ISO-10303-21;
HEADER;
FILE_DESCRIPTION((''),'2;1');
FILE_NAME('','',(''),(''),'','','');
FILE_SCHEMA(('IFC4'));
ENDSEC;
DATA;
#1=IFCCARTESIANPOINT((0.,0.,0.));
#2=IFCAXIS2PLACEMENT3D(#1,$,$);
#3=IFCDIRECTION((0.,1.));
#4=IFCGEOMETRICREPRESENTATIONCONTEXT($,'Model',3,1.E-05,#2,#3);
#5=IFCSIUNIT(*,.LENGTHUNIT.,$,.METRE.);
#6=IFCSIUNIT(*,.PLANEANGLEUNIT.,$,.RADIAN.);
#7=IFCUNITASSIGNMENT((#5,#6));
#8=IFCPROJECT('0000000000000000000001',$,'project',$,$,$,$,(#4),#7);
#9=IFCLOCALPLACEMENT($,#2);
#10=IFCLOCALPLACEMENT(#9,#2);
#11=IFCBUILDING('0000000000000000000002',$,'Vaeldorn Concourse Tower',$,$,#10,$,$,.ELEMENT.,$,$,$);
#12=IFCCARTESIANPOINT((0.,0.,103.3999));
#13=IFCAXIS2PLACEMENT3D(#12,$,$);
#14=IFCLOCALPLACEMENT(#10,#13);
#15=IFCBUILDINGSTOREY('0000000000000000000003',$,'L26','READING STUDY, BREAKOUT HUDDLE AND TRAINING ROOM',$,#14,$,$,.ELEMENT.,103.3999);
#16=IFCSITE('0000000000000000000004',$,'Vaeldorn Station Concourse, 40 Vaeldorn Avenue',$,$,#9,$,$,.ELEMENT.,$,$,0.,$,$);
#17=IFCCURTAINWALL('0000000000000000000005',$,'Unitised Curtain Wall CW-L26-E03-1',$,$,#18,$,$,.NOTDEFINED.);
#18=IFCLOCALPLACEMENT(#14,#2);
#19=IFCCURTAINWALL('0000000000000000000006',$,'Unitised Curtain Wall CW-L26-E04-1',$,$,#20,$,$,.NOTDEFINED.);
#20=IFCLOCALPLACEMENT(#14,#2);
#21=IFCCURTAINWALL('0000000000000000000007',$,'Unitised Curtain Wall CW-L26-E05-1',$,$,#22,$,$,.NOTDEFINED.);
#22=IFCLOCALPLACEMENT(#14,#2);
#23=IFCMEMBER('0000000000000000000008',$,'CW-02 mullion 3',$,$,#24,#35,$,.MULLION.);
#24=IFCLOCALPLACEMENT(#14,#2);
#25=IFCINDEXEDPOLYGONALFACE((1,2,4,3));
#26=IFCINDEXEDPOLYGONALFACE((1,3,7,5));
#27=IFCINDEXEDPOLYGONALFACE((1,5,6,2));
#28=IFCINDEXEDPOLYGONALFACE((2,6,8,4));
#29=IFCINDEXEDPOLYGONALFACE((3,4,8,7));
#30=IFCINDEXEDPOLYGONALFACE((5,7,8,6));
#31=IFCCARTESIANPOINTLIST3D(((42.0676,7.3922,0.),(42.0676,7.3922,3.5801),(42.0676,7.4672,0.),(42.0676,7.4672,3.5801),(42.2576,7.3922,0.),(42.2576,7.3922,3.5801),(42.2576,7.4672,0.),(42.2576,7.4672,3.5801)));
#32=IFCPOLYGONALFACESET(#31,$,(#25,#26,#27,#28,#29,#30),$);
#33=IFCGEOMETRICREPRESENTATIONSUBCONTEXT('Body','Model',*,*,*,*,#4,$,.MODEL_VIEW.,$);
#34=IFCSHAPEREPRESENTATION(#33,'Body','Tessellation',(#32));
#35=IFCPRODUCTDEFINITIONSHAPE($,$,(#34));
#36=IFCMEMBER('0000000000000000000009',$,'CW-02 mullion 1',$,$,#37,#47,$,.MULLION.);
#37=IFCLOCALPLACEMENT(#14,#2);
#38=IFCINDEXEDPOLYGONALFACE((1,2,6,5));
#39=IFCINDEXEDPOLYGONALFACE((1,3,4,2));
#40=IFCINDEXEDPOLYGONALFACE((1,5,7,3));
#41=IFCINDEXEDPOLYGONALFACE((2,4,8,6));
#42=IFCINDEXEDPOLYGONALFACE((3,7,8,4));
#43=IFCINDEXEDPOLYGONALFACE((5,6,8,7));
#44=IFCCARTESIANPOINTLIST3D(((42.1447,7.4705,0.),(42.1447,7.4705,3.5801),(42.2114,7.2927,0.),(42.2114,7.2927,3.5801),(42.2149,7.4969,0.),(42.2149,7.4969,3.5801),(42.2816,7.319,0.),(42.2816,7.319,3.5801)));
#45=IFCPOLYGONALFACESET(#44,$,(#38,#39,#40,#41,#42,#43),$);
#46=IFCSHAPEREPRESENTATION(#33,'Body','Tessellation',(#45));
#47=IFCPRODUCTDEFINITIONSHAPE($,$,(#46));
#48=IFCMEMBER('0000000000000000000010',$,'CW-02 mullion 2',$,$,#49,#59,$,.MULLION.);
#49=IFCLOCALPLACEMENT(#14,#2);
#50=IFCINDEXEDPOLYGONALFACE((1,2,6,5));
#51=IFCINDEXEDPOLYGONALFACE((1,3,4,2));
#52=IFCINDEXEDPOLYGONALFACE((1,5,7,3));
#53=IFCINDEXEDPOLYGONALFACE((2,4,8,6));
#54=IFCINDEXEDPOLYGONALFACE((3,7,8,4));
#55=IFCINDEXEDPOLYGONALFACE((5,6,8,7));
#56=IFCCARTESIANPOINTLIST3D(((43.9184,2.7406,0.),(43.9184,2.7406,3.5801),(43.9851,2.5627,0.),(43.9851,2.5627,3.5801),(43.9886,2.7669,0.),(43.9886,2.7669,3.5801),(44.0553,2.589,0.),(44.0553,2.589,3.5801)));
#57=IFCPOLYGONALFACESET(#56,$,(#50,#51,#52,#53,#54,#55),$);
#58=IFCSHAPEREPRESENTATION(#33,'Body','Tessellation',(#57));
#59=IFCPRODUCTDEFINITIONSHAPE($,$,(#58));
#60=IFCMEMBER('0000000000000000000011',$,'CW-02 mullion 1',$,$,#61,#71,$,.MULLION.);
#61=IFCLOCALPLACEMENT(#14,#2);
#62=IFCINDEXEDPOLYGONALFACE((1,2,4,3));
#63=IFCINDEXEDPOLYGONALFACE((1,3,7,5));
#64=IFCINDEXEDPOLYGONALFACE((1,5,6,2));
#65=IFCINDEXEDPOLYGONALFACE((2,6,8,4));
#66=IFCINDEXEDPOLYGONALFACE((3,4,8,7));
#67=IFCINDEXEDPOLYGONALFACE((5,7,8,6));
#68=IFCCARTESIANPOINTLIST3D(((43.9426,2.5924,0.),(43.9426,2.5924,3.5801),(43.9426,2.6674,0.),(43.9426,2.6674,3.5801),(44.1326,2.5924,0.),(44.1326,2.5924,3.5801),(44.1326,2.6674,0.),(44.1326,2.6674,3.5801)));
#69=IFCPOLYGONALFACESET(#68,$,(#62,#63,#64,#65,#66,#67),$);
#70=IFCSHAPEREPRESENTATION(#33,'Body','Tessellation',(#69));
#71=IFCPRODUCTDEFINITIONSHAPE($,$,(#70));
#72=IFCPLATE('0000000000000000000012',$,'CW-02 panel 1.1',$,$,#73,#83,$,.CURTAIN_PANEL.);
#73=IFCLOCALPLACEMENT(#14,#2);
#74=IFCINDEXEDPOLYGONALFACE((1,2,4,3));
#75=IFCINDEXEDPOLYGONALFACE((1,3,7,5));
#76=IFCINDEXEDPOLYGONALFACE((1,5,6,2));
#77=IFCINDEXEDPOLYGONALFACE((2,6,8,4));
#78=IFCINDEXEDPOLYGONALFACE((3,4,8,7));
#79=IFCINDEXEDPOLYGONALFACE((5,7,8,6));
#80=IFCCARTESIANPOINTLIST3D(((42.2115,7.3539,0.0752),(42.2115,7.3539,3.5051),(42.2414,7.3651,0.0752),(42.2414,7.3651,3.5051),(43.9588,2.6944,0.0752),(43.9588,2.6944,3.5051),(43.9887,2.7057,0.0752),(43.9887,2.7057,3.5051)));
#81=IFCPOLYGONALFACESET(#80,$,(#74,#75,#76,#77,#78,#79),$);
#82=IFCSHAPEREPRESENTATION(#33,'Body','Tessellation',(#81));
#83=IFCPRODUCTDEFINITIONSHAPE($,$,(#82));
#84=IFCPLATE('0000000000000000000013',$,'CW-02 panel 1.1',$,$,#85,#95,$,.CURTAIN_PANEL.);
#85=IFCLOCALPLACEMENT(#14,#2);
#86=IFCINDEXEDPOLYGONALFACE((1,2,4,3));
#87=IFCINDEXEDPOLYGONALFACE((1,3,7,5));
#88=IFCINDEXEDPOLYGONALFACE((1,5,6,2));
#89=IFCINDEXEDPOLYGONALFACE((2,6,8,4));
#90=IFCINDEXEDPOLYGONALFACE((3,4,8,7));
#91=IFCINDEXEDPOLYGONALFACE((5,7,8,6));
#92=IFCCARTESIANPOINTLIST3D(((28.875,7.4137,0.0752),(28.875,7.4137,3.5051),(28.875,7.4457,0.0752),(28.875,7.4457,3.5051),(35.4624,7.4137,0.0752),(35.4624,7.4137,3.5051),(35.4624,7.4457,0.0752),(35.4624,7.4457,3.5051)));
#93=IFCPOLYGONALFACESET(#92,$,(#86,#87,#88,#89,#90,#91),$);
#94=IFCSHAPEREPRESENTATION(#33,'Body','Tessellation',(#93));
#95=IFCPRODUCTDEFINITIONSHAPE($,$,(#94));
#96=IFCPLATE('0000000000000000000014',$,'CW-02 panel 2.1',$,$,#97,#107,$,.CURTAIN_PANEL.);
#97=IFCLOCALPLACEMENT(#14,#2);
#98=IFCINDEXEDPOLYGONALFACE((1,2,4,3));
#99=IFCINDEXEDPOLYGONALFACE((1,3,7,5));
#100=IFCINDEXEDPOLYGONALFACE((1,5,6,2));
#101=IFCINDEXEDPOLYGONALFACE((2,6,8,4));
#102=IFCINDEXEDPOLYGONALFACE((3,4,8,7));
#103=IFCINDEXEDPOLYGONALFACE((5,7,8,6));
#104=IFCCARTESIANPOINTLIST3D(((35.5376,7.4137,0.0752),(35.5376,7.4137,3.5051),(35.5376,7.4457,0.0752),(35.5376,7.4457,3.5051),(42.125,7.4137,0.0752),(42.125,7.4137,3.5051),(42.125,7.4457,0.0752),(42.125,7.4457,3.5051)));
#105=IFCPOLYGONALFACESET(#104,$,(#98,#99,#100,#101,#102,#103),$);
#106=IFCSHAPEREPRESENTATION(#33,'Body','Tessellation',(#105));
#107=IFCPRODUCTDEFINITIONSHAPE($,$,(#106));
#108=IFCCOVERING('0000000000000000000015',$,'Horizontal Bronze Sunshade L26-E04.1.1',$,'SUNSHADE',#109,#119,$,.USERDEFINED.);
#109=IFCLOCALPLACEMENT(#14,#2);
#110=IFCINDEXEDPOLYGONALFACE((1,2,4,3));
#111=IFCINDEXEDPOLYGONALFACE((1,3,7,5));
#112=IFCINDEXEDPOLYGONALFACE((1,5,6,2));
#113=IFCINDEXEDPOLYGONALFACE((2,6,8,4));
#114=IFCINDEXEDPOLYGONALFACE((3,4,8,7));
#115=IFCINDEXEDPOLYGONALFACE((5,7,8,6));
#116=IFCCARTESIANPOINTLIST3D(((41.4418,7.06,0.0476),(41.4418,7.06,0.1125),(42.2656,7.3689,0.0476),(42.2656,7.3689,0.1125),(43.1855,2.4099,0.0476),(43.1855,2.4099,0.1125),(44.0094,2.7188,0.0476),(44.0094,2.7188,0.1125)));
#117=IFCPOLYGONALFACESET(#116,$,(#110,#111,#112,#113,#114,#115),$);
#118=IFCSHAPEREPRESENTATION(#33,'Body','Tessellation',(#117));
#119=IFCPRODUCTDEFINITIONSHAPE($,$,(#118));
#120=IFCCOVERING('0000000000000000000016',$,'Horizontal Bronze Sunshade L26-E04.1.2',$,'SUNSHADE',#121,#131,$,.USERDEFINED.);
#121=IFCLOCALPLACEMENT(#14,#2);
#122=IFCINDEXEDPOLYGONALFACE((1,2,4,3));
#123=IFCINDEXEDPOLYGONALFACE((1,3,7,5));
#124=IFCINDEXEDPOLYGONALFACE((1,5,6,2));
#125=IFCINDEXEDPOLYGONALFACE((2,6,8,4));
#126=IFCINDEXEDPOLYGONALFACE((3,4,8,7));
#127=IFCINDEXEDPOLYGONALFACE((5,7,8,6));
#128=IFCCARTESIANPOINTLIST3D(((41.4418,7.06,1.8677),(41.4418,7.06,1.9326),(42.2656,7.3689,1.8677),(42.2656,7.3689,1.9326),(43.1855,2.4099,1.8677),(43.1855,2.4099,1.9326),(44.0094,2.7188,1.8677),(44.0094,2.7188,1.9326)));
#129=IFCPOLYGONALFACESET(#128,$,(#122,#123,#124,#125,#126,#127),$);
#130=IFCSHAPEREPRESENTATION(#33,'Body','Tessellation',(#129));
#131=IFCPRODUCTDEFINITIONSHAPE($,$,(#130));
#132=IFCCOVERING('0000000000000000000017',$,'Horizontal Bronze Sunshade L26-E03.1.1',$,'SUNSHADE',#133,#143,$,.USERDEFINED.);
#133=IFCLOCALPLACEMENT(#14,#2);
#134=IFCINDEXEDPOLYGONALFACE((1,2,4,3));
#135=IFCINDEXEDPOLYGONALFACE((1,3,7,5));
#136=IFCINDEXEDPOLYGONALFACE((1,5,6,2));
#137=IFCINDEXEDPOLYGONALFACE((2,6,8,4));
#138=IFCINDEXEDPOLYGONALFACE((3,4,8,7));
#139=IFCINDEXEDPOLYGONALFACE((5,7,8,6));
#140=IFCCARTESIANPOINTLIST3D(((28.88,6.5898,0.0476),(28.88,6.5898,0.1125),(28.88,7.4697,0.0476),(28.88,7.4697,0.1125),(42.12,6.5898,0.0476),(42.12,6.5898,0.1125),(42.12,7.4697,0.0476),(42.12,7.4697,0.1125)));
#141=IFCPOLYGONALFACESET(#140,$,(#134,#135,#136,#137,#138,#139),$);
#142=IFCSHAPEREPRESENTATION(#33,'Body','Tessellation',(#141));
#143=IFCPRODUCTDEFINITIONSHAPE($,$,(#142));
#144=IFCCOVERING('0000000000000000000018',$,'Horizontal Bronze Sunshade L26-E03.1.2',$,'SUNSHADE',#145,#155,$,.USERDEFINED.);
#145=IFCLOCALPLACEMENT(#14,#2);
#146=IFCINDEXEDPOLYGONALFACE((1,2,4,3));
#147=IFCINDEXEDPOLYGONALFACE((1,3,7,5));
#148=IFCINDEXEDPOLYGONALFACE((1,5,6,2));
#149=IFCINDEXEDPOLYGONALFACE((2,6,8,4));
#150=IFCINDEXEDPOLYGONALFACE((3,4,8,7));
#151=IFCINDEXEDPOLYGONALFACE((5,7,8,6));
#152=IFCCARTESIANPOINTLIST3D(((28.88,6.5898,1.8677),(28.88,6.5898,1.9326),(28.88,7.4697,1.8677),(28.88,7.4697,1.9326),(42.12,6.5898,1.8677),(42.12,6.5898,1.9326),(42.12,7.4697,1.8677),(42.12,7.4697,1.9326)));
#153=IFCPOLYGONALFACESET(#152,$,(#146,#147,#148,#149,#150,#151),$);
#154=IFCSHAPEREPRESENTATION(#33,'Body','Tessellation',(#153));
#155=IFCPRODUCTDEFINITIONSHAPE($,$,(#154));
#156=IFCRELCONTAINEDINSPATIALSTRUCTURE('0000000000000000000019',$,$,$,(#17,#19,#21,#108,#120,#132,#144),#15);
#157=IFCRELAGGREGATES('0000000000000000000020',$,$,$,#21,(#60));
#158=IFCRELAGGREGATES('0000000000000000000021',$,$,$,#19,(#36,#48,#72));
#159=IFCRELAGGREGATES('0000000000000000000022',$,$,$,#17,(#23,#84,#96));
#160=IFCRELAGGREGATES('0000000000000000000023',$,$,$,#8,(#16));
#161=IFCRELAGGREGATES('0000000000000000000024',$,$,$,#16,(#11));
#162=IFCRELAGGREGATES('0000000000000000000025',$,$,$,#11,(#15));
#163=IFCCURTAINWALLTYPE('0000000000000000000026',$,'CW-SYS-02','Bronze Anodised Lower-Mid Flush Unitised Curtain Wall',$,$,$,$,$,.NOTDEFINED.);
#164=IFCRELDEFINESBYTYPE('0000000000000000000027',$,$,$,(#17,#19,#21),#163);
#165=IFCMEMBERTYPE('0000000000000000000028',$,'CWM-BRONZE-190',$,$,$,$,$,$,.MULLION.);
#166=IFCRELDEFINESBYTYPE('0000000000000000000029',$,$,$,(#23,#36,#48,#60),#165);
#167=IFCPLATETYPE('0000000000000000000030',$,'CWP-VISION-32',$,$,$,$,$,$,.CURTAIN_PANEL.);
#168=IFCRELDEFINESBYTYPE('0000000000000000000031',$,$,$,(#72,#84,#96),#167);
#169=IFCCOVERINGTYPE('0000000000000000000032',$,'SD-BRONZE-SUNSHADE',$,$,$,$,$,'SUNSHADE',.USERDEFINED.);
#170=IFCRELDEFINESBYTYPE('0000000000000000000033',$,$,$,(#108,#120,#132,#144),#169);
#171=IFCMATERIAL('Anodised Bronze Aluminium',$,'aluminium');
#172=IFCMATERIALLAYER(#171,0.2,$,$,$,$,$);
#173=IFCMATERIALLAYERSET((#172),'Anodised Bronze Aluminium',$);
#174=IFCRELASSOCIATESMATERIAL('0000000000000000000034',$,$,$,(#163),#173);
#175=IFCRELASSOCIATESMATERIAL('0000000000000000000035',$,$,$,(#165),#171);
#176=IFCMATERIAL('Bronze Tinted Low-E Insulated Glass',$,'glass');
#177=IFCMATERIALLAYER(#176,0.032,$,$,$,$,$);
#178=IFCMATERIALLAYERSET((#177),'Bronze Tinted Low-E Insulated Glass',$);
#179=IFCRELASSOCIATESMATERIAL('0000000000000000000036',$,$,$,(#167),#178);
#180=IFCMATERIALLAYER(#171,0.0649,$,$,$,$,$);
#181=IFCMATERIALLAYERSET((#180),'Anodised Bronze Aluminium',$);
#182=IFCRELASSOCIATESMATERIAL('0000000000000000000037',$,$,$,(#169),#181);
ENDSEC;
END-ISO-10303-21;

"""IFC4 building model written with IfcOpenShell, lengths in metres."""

from ifc_helpers import new_model, si_unit, direction, frame, origin, origin_2d, place, context, subcontext, project, spatial, rectangle, extrude, source, transform, mapped, material, layer, layer_set, material_profile, profile_set, type_object, element, aggregate, save


model = new_model("IFC4")

# Units and contexts
model_context = context("Model", 3, precision=1e-05, world=origin(), true_north=direction((0.0, 1.0)))
body_context = subcontext(model_context, "Body", "Model", "MODEL_VIEW")
ifc_project = project(units=[si_unit("LENGTHUNIT", "METRE"), si_unit("PLANEANGLEUNIT", "RADIAN")], contexts=[model_context])

# Site, building, storey
site_placement = place(None, origin())
site = spatial("IfcSite", under=ifc_project, at=site_placement, Name="Vaeldorn Station Concourse, 40 Vaeldorn Avenue", CompositionType="ELEMENT", RefElevation=0.0)
building_placement = place(site_placement, origin())
building = spatial("IfcBuilding", under=site, at=building_placement, Name="Vaeldorn Concourse Tower", CompositionType="ELEMENT")
storey_placement = place(building_placement, frame((0.0, 0.0, 103.3999)))
storey = spatial("IfcBuildingStorey", under=building, at=storey_placement, Name="L26", Description="READING STUDY, BREAKOUT HUDDLE AND TRAINING ROOM", CompositionType="ELEMENT", Elevation=103.3999)

# Curtain walls
ifc_material_1 = material(Name="Anodised Bronze Aluminium", Category="aluminium")
ifc_layer_1 = layer(ifc_material_1, 0.2)
ifc_layer_set_1 = layer_set([ifc_layer_1], Name="Anodised Bronze Aluminium")
curtain_wall_type = type_object("IfcCurtainWallType", Name="CW-SYS-02", Description="Bronze Anodised Lower-Mid Flush Unitised Curtain Wall", PredefinedType="NOTDEFINED", material=ifc_layer_set_1)
curtain_wall_1_placement = place(storey_placement, origin())
curtain_wall_1 = element("IfcCurtainWall", 1, at=curtain_wall_1_placement, inside=storey, type_object=curtain_wall_type, Name="Unitised Curtain Wall CW-L26-E03-1", PredefinedType="NOTDEFINED")
curtain_wall_2_placement = place(storey_placement, origin())
curtain_wall_2 = element("IfcCurtainWall", 2, at=curtain_wall_2_placement, inside=storey, type_object=curtain_wall_type, Name="Unitised Curtain Wall CW-L26-E04-1", PredefinedType="NOTDEFINED")
curtain_wall_3_placement = place(storey_placement, origin())
curtain_wall_3 = element("IfcCurtainWall", 3, at=curtain_wall_3_placement, inside=storey, type_object=curtain_wall_type, Name="Unitised Curtain Wall CW-L26-E05-1", PredefinedType="NOTDEFINED")

# Members
ifc_material_profile_1 = material_profile(ifc_material_1, rectangle(XDim=0.075, YDim=0.1899, at=origin_2d()), Name="CWM 75x190")
ifc_profile_set_1 = profile_set([ifc_material_profile_1], Name="Anodised Bronze Aluminium")
member_type_1 = type_object("IfcMemberType", Name="CWM-BRONZE-190", PredefinedType="MULLION", material=ifc_profile_set_1)
shared_shape_1 = source(origin(), body_context, "Body", "SweptSolid", [
    extrude(rectangle(XDim=0.075, YDim=0.1899, at=origin_2d()), origin(), (0.0, 0.0, 1.0), 3.5801),
])
member_1_placement = place(storey_placement, frame((42.1626, 7.4297, 0.0), z_axis=(0.0, 0.0, 1.0), x_axis=(0.0, 1.0, 0.0)))
member_1 = element("IfcMember", 4, at=member_1_placement, type_object=member_type_1, Name="CW-02 mullion 3", PredefinedType="MULLION", context=body_context, shape_type="MappedRepresentation", body=[
    mapped(shared_shape_1, transform((0.0, 0.0, 0.0), scale=1.0)),
])
member_2_placement = place(storey_placement, frame((42.2131, 7.3948, 0.0), z_axis=(0.0, 0.0, 1.0), x_axis=(0.936329, 0.351123, 0.0)))
member_2 = element("IfcMember", 5, at=member_2_placement, type_object=member_type_1, Name="CW-02 mullion 1", PredefinedType="MULLION", context=body_context, shape_type="MappedRepresentation", body=[
    mapped(shared_shape_1, transform((0.0, 0.0, 0.0), scale=1.0)),
])
member_3_placement = place(storey_placement, frame((43.9868, 2.6648, 0.0), z_axis=(0.0, 0.0, 1.0), x_axis=(0.936329, 0.351123, 0.0)))
member_3 = element("IfcMember", 6, at=member_3_placement, type_object=member_type_1, Name="CW-02 mullion 2", PredefinedType="MULLION", context=body_context, shape_type="MappedRepresentation", body=[
    mapped(shared_shape_1, transform((0.0, 0.0, 0.0), scale=1.0)),
])
member_4_placement = place(storey_placement, frame((44.0376, 2.6299, 0.0), z_axis=(0.0, 0.0, 1.0), x_axis=(0.0, 1.0, 0.0)))
member_4 = element("IfcMember", 7, at=member_4_placement, type_object=member_type_1, Name="CW-02 mullion 1", PredefinedType="MULLION", context=body_context, shape_type="MappedRepresentation", body=[
    mapped(shared_shape_1, transform((0.0, 0.0, 0.0), scale=1.0)),
])
aggregate(curtain_wall_3, [member_4])

# Plates
ifc_material_2 = material(Name="Bronze Tinted Low-E Insulated Glass", Category="glass")
ifc_layer_2 = layer(ifc_material_2, 0.032)
ifc_layer_set_2 = layer_set([ifc_layer_2], Name="Bronze Tinted Low-E Insulated Glass")
plate_type = type_object("IfcPlateType", Name="CWP-VISION-32", PredefinedType="CURTAIN_PANEL", material=ifc_layer_set_2)
shared_shape_2 = source(origin(), body_context, "Body", "SweptSolid", [
    extrude(rectangle(XDim=4.9763, YDim=0.032, at=origin_2d()), origin(), (0.0, 0.0, 1.0), 3.4299),
])
plate_1_placement = place(storey_placement, frame((43.1001, 5.0298, 0.0752), z_axis=(0.0, 0.0, 1.0), x_axis=(0.351123, -0.936329, 0.0)))
plate_1 = element("IfcPlate", 8, at=plate_1_placement, type_object=plate_type, Name="CW-02 panel 1.1", PredefinedType="CURTAIN_PANEL", context=body_context, shape_type="MappedRepresentation", body=[
    mapped(shared_shape_2, transform((0.0, 0.0, 0.0), scale=1.0)),
])
aggregate(curtain_wall_2, [member_2, member_3, plate_1])
shared_shape_3 = source(origin(), body_context, "Body", "SweptSolid", [
    extrude(rectangle(XDim=6.5874, YDim=0.032, at=origin_2d()), origin(), (0.0, 0.0, 1.0), 3.4299),
])
plate_2_placement = place(storey_placement, frame((32.1687, 7.4297, 0.0752), z_axis=(0.0, 0.0, 1.0), x_axis=(1.0, 0.0, 0.0)))
plate_2 = element("IfcPlate", 9, at=plate_2_placement, type_object=plate_type, Name="CW-02 panel 1.1", PredefinedType="CURTAIN_PANEL", context=body_context, shape_type="MappedRepresentation", body=[
    mapped(shared_shape_3, transform((0.0, 0.0, 0.0), scale=1.0)),
])
plate_3_placement = place(storey_placement, frame((38.8313, 7.4297, 0.0752), z_axis=(0.0, 0.0, 1.0), x_axis=(1.0, 0.0, 0.0)))
plate_3 = element("IfcPlate", 10, at=plate_3_placement, type_object=plate_type, Name="CW-02 panel 2.1", PredefinedType="CURTAIN_PANEL", context=body_context, shape_type="MappedRepresentation", body=[
    mapped(shared_shape_3, transform((0.0, 0.0, 0.0), scale=1.0)),
])
aggregate(curtain_wall_1, [member_1, plate_2, plate_3])

# Coverings
ifc_layer_3 = layer(ifc_material_1, 0.0649)
ifc_layer_set_3 = layer_set([ifc_layer_3], Name="Anodised Bronze Aluminium")
covering_type = type_object("IfcCoveringType", Name="SD-BRONZE-SUNSHADE", ElementType="SUNSHADE", PredefinedType="USERDEFINED", material=ifc_layer_set_3)
shared_shape_4 = source(origin(), body_context, "Body", "SweptSolid", [
    extrude(rectangle(XDim=4.9663, YDim=0.8799, at=origin_2d()), origin(), (0.0, 0.0, 1.0), 0.0649),
])
for number, where, z_axis, x_axis, name in (
    (11, (42.7256, 4.8894, 0.0476), (0.0, 0.0, 1.0), (0.351123, -0.936329, 0.0), "Horizontal Bronze Sunshade L26-E04.1.1"),
    (12, (42.7256, 4.8894, 1.8677), (0.0, 0.0, 1.0), (0.351123, -0.936329, 0.0), "Horizontal Bronze Sunshade L26-E04.1.2"),
):
    element("IfcCovering", number, at=place(storey_placement, frame(where, z_axis=z_axis, x_axis=x_axis)), inside=storey, type_object=covering_type, Name=name, ObjectType="SUNSHADE", PredefinedType="USERDEFINED", context=body_context, shape_type="MappedRepresentation", body=[
        mapped(shared_shape_4, transform((0.0, 0.0, 0.0), scale=1.0)),
    ])
shared_shape_5 = source(origin(), body_context, "Body", "SweptSolid", [
    extrude(rectangle(XDim=13.24, YDim=0.8799, at=origin_2d()), origin(), (0.0, 0.0, 1.0), 0.0649),
])
for number, where, z_axis, x_axis, name in (
    (13, (35.5, 7.0298, 0.0476), (0.0, 0.0, 1.0), (1.0, 0.0, 0.0), "Horizontal Bronze Sunshade L26-E03.1.1"),
    (14, (35.5, 7.0298, 1.8677), (0.0, 0.0, 1.0), (1.0, 0.0, 0.0), "Horizontal Bronze Sunshade L26-E03.1.2"),
):
    element("IfcCovering", number, at=place(storey_placement, frame(where, z_axis=z_axis, x_axis=x_axis)), inside=storey, type_object=covering_type, Name=name, ObjectType="SUNSHADE", PredefinedType="USERDEFINED", context=body_context, shape_type="MappedRepresentation", body=[
        mapped(shared_shape_5, transform((0.0, 0.0, 0.0), scale=1.0)),
    ])

save(model, "model.ifc")
